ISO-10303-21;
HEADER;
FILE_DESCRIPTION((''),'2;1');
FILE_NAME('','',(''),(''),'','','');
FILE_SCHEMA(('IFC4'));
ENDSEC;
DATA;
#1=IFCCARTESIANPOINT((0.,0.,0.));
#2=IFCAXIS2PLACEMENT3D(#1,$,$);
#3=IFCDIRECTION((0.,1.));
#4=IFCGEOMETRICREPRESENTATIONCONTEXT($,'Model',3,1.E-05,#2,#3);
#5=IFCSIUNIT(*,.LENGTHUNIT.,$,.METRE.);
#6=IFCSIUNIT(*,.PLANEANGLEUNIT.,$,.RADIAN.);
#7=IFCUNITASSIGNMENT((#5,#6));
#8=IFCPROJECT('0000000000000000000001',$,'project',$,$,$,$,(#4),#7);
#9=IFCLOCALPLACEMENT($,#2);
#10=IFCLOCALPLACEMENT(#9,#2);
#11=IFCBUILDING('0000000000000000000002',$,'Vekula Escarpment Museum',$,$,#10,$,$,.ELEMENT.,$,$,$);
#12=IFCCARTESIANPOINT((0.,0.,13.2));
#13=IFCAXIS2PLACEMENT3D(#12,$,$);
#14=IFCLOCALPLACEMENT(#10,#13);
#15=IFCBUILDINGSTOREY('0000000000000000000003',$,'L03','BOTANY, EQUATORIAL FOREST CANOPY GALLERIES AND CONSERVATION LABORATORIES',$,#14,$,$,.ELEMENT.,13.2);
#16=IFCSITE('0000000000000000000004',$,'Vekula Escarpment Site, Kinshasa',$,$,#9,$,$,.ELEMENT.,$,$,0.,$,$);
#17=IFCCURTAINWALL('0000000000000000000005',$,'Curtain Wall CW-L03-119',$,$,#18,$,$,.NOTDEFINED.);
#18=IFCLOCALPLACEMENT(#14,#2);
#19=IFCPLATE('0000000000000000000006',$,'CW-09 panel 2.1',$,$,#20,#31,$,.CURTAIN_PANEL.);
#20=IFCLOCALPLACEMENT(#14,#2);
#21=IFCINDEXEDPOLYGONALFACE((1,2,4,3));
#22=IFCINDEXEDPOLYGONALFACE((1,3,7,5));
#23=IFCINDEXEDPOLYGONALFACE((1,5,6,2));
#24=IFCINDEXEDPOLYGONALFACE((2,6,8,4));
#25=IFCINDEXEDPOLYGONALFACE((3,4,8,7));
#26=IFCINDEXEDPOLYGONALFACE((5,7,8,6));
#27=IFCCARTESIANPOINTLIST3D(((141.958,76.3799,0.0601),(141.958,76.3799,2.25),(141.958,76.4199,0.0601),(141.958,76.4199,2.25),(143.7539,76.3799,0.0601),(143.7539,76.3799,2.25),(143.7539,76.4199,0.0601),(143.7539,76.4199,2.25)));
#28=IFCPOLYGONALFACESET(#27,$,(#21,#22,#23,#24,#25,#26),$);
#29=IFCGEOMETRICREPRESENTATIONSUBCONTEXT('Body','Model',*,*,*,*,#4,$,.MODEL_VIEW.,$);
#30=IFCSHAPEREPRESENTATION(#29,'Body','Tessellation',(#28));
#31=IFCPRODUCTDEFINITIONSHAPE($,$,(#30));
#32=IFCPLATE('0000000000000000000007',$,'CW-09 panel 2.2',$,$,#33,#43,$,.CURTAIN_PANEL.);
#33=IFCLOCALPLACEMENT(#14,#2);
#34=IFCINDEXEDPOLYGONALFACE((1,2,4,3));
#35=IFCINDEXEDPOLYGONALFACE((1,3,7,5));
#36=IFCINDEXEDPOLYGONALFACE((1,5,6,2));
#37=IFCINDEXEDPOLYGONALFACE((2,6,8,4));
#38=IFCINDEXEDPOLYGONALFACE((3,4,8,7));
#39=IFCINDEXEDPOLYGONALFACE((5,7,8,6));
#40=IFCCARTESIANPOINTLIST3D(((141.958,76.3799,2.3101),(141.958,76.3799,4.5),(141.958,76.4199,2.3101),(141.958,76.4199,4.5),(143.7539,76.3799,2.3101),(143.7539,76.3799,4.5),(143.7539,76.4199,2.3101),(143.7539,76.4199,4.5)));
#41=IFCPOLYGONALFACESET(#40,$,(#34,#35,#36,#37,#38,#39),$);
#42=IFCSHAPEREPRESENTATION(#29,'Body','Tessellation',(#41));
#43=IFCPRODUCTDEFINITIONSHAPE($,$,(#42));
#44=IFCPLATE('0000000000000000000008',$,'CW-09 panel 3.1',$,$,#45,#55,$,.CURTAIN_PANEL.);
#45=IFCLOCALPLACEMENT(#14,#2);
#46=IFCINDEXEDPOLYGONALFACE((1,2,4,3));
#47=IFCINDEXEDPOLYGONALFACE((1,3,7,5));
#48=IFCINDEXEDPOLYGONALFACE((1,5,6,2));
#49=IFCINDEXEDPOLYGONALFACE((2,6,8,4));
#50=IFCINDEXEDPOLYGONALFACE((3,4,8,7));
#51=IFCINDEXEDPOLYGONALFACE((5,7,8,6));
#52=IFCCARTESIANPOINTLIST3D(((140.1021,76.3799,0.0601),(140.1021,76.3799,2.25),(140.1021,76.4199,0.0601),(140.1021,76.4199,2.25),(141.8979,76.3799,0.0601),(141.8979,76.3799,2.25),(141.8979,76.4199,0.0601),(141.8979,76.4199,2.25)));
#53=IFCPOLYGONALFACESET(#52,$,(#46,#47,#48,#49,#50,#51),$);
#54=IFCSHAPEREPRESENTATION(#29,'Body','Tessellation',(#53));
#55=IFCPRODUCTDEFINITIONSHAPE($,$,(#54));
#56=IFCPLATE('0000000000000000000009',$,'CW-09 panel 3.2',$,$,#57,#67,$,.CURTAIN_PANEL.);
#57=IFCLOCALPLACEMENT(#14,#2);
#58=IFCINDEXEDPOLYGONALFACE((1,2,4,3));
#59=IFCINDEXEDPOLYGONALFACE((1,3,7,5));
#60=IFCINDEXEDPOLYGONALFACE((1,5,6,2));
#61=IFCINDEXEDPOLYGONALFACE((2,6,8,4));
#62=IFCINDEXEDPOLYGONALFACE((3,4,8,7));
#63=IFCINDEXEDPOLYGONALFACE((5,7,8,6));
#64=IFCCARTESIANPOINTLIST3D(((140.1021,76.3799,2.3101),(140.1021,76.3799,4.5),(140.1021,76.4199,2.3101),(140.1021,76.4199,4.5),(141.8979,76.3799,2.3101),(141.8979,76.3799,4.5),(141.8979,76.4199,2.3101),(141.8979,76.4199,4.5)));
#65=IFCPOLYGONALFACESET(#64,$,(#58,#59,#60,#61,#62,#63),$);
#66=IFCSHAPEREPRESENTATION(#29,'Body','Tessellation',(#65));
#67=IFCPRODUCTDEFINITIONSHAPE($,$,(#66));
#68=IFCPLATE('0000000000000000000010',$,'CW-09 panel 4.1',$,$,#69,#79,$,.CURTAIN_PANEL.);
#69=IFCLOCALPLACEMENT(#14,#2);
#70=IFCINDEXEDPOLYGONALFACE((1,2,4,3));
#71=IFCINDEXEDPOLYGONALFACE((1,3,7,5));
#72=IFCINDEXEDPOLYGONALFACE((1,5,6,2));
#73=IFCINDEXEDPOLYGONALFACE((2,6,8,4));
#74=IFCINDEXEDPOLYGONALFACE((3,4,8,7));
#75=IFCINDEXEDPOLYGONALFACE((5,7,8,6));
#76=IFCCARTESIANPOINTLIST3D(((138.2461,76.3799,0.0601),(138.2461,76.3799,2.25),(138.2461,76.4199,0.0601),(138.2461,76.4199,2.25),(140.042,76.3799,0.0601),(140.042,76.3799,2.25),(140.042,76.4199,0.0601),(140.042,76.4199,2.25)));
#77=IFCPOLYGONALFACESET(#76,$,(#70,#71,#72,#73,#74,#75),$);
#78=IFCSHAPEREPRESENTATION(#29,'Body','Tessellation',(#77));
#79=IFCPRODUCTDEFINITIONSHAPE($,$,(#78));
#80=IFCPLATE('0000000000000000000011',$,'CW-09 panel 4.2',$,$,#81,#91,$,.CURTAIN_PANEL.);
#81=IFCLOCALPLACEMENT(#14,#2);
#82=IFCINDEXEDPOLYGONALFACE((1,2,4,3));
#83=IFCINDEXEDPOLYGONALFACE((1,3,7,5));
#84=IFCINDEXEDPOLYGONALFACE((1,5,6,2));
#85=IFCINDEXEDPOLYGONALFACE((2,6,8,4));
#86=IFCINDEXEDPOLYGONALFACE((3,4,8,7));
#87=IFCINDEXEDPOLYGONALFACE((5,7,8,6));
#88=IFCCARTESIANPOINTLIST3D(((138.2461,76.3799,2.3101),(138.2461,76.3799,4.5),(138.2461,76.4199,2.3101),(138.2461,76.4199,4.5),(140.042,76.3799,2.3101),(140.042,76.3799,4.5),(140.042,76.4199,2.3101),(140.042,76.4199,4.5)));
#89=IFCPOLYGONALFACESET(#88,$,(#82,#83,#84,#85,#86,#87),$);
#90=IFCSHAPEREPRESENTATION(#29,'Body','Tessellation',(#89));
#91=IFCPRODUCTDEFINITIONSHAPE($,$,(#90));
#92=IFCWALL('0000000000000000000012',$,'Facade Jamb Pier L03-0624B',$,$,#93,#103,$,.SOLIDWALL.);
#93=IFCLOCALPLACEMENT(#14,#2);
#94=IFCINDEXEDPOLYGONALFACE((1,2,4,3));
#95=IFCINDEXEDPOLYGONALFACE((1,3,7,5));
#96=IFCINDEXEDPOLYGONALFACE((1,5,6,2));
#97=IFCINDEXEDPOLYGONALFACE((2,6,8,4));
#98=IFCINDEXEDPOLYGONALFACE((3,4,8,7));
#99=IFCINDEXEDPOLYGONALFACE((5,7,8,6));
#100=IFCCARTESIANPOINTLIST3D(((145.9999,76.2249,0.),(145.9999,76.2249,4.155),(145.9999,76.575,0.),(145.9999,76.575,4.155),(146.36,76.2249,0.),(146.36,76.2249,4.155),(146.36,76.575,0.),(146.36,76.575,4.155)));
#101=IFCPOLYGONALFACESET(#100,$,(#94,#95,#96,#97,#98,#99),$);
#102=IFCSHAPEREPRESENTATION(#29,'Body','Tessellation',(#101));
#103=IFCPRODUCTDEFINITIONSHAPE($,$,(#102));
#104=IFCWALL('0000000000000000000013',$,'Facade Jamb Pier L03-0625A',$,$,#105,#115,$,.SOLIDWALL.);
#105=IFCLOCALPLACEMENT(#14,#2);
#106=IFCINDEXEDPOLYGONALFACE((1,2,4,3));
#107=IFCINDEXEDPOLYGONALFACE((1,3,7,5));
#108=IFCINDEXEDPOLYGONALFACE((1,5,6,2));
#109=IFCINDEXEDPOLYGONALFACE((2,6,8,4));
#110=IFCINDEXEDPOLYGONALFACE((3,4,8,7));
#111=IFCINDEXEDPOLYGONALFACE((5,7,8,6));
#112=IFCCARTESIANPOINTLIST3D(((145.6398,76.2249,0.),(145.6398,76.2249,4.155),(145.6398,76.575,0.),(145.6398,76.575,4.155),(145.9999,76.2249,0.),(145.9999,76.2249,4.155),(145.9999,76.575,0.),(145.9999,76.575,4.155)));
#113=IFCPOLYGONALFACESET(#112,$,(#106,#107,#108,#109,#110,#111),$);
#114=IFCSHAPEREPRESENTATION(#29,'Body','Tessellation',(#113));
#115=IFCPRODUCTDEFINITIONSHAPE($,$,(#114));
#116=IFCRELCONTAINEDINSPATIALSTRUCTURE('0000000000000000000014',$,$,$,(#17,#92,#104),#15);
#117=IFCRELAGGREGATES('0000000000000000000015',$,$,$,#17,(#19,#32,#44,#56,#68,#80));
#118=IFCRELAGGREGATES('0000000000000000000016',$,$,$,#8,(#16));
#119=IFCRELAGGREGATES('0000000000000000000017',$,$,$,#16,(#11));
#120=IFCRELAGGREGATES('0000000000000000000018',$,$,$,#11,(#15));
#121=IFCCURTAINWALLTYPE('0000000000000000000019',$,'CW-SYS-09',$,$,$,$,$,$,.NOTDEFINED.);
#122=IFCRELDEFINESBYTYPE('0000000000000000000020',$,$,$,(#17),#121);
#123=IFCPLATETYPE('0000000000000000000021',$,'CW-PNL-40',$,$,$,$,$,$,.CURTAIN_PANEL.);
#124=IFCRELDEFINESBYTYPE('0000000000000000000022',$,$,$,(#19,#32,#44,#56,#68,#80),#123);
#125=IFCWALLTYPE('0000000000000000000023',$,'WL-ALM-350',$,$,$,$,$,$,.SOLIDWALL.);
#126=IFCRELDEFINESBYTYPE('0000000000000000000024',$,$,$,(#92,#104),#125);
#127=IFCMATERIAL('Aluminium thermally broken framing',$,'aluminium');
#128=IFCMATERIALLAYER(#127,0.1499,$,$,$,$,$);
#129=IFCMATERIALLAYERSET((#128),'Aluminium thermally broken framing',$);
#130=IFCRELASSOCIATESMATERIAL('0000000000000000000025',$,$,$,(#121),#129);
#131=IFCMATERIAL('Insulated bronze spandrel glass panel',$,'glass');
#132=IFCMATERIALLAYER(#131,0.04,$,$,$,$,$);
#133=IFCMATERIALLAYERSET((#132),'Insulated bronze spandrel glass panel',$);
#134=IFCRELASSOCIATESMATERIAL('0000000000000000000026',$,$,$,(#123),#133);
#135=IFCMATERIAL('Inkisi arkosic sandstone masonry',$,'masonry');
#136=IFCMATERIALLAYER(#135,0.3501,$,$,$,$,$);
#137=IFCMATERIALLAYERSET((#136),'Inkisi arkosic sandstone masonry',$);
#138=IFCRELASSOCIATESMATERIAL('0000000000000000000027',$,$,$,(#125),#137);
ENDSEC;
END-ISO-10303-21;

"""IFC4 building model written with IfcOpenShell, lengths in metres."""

from ifc_helpers import new_model, si_unit, direction, frame, frame_2d, origin, origin_2d, place, context, subcontext, project, spatial, rectangle, extrude, material, layer, layer_set, type_object, element, aggregate, save


model = new_model("IFC4")

# Units and contexts
model_context = context("Model", 3, precision=1e-05, world=origin(), true_north=direction((0.0, 1.0)))
body_context = subcontext(model_context, "Body", "Model", "MODEL_VIEW")
ifc_project = project(units=[si_unit("LENGTHUNIT", "METRE"), si_unit("PLANEANGLEUNIT", "RADIAN")], contexts=[model_context])

# Site, building, storey
site_placement = place(None, origin())
site = spatial("IfcSite", under=ifc_project, at=site_placement, Name="Vekula Escarpment Site, Kinshasa", CompositionType="ELEMENT", RefElevation=0.0)
building_placement = place(site_placement, origin())
building = spatial("IfcBuilding", under=site, at=building_placement, Name="Vekula Escarpment Museum", CompositionType="ELEMENT")
storey_placement = place(building_placement, frame((0.0, 0.0, 13.2)))
storey = spatial("IfcBuildingStorey", under=building, at=storey_placement, Name="L03", Description="BOTANY, EQUATORIAL FOREST CANOPY GALLERIES AND CONSERVATION LABORATORIES", CompositionType="ELEMENT", Elevation=13.2)

# Curtain wall
ifc_material_1 = material(Name="Aluminium thermally broken framing", Category="aluminium")
ifc_layer_1 = layer(ifc_material_1, 0.1499)
ifc_layer_set_1 = layer_set([ifc_layer_1], Name="Aluminium thermally broken framing")
curtain_wall_type_1 = type_object("IfcCurtainWallType", Name="CW-SYS-09", PredefinedType="NOTDEFINED", material=ifc_layer_set_1)
curtain_wall_1_placement = place(storey_placement, origin())
curtain_wall_1 = element("IfcCurtainWall", 1, at=curtain_wall_1_placement, inside=storey, type_object=curtain_wall_type_1, Name="Curtain Wall CW-L03-119", PredefinedType="NOTDEFINED")

# Plates
ifc_material_2 = material(Name="Insulated bronze spandrel glass panel", Category="glass")
ifc_layer_2 = layer(ifc_material_2, 0.04)
ifc_layer_set_2 = layer_set([ifc_layer_2], Name="Insulated bronze spandrel glass panel")
plate_type_1 = type_object("IfcPlateType", Name="CW-PNL-40", PredefinedType="CURTAIN_PANEL", material=ifc_layer_set_2)
plate_1_placement = place(storey_placement, frame((142.856, 76.3999, 0.0601), z_axis=(0.0, 0.0, 1.0), x_axis=(-1.0, 0.0, 0.0)))
plate_1 = element("IfcPlate", 2, at=plate_1_placement, type_object=plate_type_1, Name="CW-09 panel 2.1", PredefinedType="CURTAIN_PANEL", context=body_context, shape_type="SweptSolid", body=[
    extrude(rectangle(XDim=1.7959, YDim=0.04, at=origin_2d()), origin(), (0.0, 0.0, 1.0), 2.1899),
])
plate_2_placement = place(storey_placement, frame((142.856, 76.3999, 2.3101), z_axis=(0.0, 0.0, 1.0), x_axis=(-1.0, 0.0, 0.0)))
plate_2 = element("IfcPlate", 3, at=plate_2_placement, type_object=plate_type_1, Name="CW-09 panel 2.2", PredefinedType="CURTAIN_PANEL", context=body_context, shape_type="SweptSolid", body=[
    extrude(rectangle(XDim=1.7959, YDim=0.04, at=origin_2d()), origin(), (0.0, 0.0, 1.0), 2.1899),
])
plate_3_placement = place(storey_placement, frame((141.0, 76.3999, 0.0601), z_axis=(0.0, 0.0, 1.0), x_axis=(-1.0, 0.0, 0.0)))
plate_3 = element("IfcPlate", 4, at=plate_3_placement, type_object=plate_type_1, Name="CW-09 panel 3.1", PredefinedType="CURTAIN_PANEL", context=body_context, shape_type="SweptSolid", body=[
    extrude(rectangle(XDim=1.7959, YDim=0.04, at=origin_2d()), origin(), (0.0, 0.0, 1.0), 2.1899),
])
plate_4_placement = place(storey_placement, frame((141.0, 76.3999, 2.3101), z_axis=(0.0, 0.0, 1.0), x_axis=(-1.0, 0.0, 0.0)))
plate_4 = element("IfcPlate", 5, at=plate_4_placement, type_object=plate_type_1, Name="CW-09 panel 3.2", PredefinedType="CURTAIN_PANEL", context=body_context, shape_type="SweptSolid", body=[
    extrude(rectangle(XDim=1.7959, YDim=0.04, at=origin_2d()), origin(), (0.0, 0.0, 1.0), 2.1899),
])
plate_5_placement = place(storey_placement, frame((139.144, 76.3999, 0.0601), z_axis=(0.0, 0.0, 1.0), x_axis=(-1.0, 0.0, 0.0)))
plate_5 = element("IfcPlate", 6, at=plate_5_placement, type_object=plate_type_1, Name="CW-09 panel 4.1", PredefinedType="CURTAIN_PANEL", context=body_context, shape_type="SweptSolid", body=[
    extrude(rectangle(XDim=1.7959, YDim=0.04, at=origin_2d()), origin(), (0.0, 0.0, 1.0), 2.1899),
])
plate_6_placement = place(storey_placement, frame((139.144, 76.3999, 2.3101), z_axis=(0.0, 0.0, 1.0), x_axis=(-1.0, 0.0, 0.0)))
plate_6 = element("IfcPlate", 7, at=plate_6_placement, type_object=plate_type_1, Name="CW-09 panel 4.2", PredefinedType="CURTAIN_PANEL", context=body_context, shape_type="SweptSolid", body=[
    extrude(rectangle(XDim=1.7959, YDim=0.04, at=origin_2d()), origin(), (0.0, 0.0, 1.0), 2.1899),
])
aggregate(curtain_wall_1, [plate_1, plate_2, plate_3, plate_4, plate_5, plate_6])

# Walls
ifc_material_3 = material(Name="Inkisi arkosic sandstone masonry", Category="masonry")
ifc_layer_3 = layer(ifc_material_3, 0.3501)
ifc_layer_set_3 = layer_set([ifc_layer_3], Name="Inkisi arkosic sandstone masonry")
wall_type = type_object("IfcWallType", Name="WL-ALM-350", PredefinedType="SOLIDWALL", material=ifc_layer_set_3)
for number, where, z_axis, x_axis, name in (
    (8, (146.3601, 76.3999, 0.0), (0.0, 0.0, 1.0), (-1.0, 0.0, 0.0), "Facade Jamb Pier L03-0624B"),
    (9, (146.0, 76.3999, 0.0), (0.0, 0.0, 1.0), (-1.0, 0.0, 0.0), "Facade Jamb Pier L03-0625A"),
):
    element("IfcWall", number, at=place(storey_placement, frame(where, z_axis=z_axis, x_axis=x_axis)), inside=storey, type_object=wall_type, Name=name, PredefinedType="SOLIDWALL", context=body_context, shape_type="SweptSolid", body=[
        extrude(rectangle(XDim=0.3601, YDim=0.3501, at=frame_2d((0.1802, 0.0))), origin(), (0.0, 0.0, 1.0), 4.155),
    ])

save(model, "model.ifc")
